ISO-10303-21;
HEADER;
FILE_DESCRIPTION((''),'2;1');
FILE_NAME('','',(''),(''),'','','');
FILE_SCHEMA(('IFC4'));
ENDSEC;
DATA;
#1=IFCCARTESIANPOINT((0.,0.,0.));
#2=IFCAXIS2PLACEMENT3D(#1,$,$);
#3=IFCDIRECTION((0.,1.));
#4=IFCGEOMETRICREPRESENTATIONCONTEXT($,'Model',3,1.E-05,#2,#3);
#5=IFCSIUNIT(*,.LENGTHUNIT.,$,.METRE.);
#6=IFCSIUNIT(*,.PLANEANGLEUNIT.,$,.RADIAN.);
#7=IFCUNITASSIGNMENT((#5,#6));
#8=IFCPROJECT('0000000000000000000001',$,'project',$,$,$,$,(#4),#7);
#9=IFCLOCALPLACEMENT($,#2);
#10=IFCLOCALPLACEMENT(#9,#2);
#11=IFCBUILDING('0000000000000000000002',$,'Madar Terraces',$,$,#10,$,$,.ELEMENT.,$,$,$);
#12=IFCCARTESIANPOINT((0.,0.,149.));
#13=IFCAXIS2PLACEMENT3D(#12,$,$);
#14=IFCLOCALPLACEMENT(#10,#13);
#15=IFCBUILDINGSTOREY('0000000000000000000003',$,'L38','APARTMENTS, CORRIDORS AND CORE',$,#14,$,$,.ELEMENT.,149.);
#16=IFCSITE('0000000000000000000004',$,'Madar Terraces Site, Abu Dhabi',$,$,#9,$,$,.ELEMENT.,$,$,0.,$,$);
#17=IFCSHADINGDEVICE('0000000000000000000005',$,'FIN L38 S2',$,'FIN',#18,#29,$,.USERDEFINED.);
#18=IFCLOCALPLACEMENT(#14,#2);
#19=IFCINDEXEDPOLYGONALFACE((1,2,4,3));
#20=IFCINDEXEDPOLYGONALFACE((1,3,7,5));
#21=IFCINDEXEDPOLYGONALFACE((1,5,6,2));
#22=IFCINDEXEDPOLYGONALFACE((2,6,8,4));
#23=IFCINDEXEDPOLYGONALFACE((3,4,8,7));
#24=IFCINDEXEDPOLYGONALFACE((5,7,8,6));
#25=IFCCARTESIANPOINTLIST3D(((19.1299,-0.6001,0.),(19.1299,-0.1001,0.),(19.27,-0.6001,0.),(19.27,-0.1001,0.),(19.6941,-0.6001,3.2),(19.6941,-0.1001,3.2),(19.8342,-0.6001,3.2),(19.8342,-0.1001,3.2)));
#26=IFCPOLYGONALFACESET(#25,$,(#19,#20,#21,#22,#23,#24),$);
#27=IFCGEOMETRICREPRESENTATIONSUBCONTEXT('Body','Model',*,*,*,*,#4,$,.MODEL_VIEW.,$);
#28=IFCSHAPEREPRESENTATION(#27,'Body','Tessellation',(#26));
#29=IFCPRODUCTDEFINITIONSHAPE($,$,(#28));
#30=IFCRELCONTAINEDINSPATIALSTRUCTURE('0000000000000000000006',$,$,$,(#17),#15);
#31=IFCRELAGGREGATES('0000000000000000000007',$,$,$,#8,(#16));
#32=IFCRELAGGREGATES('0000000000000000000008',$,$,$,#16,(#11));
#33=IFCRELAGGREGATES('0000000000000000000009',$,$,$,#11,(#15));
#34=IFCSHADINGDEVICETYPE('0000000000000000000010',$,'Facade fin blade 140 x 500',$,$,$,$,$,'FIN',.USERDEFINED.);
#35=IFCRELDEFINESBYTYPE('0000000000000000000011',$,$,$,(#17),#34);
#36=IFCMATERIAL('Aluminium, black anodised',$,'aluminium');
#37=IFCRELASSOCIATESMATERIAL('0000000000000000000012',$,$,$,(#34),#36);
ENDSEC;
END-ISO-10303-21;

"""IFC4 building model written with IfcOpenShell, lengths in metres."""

from ifc_helpers import new_model, si_unit, direction, frame, origin, place, context, subcontext, project, spatial, polyline, outline, extrude, material, type_object, element, save


model = new_model("IFC4")

# Units and contexts
model_context = context("Model", 3, precision=1e-05, world=origin(), true_north=direction((0.0, 1.0)))
body_context = subcontext(model_context, "Body", "Model", "MODEL_VIEW")
ifc_project = project(units=[si_unit("LENGTHUNIT", "METRE"), si_unit("PLANEANGLEUNIT", "RADIAN")], contexts=[model_context])

# Site, building, storey
site_placement = place(None, origin())
site = spatial("IfcSite", under=ifc_project, at=site_placement, Name="Madar Terraces Site, Abu Dhabi", CompositionType="ELEMENT", RefElevation=0.0)
building_placement = place(site_placement, origin())
building = spatial("IfcBuilding", under=site, at=building_placement, Name="Madar Terraces", CompositionType="ELEMENT")
storey_placement = place(building_placement, frame((0.0, 0.0, 149.0)))
storey = spatial("IfcBuildingStorey", under=building, at=storey_placement, Name="L38", Description="APARTMENTS, CORRIDORS AND CORE", CompositionType="ELEMENT", Elevation=149.0)

# Shading device
ifc_material_1 = material(Name="Aluminium, black anodised", Category="aluminium")
shading_device_type = type_object("IfcShadingDeviceType", Name="Facade fin blade 140 x 500", ElementType="FIN", PredefinedType="USERDEFINED", material=ifc_material_1)
shading_device_placement = place(storey_placement, frame((19.1299, -0.3501, 0.0), z_axis=(0.0, 0.0, 1.0), x_axis=(1.0, 0.0, 0.0)))
element("IfcShadingDevice", 1, at=shading_device_placement, inside=storey, type_object=shading_device_type, Name="FIN L38 S2", ObjectType="FIN", PredefinedType="USERDEFINED", context=body_context, shape_type="SweptSolid", body=[
    extrude(outline(polyline([(0.0, 0.0), (0.1401, 0.0), (0.7043, 3.2), (0.5642, 3.2), (0.0, 0.0)])), frame((0.0, 0.25, 0.0), z_axis=(0.0, -1.0, 0.0), x_axis=(1.0, 0.0, 0.0)), (0.0, 0.0, 1.0), 0.5),
])

save(model, "model.ifc")
